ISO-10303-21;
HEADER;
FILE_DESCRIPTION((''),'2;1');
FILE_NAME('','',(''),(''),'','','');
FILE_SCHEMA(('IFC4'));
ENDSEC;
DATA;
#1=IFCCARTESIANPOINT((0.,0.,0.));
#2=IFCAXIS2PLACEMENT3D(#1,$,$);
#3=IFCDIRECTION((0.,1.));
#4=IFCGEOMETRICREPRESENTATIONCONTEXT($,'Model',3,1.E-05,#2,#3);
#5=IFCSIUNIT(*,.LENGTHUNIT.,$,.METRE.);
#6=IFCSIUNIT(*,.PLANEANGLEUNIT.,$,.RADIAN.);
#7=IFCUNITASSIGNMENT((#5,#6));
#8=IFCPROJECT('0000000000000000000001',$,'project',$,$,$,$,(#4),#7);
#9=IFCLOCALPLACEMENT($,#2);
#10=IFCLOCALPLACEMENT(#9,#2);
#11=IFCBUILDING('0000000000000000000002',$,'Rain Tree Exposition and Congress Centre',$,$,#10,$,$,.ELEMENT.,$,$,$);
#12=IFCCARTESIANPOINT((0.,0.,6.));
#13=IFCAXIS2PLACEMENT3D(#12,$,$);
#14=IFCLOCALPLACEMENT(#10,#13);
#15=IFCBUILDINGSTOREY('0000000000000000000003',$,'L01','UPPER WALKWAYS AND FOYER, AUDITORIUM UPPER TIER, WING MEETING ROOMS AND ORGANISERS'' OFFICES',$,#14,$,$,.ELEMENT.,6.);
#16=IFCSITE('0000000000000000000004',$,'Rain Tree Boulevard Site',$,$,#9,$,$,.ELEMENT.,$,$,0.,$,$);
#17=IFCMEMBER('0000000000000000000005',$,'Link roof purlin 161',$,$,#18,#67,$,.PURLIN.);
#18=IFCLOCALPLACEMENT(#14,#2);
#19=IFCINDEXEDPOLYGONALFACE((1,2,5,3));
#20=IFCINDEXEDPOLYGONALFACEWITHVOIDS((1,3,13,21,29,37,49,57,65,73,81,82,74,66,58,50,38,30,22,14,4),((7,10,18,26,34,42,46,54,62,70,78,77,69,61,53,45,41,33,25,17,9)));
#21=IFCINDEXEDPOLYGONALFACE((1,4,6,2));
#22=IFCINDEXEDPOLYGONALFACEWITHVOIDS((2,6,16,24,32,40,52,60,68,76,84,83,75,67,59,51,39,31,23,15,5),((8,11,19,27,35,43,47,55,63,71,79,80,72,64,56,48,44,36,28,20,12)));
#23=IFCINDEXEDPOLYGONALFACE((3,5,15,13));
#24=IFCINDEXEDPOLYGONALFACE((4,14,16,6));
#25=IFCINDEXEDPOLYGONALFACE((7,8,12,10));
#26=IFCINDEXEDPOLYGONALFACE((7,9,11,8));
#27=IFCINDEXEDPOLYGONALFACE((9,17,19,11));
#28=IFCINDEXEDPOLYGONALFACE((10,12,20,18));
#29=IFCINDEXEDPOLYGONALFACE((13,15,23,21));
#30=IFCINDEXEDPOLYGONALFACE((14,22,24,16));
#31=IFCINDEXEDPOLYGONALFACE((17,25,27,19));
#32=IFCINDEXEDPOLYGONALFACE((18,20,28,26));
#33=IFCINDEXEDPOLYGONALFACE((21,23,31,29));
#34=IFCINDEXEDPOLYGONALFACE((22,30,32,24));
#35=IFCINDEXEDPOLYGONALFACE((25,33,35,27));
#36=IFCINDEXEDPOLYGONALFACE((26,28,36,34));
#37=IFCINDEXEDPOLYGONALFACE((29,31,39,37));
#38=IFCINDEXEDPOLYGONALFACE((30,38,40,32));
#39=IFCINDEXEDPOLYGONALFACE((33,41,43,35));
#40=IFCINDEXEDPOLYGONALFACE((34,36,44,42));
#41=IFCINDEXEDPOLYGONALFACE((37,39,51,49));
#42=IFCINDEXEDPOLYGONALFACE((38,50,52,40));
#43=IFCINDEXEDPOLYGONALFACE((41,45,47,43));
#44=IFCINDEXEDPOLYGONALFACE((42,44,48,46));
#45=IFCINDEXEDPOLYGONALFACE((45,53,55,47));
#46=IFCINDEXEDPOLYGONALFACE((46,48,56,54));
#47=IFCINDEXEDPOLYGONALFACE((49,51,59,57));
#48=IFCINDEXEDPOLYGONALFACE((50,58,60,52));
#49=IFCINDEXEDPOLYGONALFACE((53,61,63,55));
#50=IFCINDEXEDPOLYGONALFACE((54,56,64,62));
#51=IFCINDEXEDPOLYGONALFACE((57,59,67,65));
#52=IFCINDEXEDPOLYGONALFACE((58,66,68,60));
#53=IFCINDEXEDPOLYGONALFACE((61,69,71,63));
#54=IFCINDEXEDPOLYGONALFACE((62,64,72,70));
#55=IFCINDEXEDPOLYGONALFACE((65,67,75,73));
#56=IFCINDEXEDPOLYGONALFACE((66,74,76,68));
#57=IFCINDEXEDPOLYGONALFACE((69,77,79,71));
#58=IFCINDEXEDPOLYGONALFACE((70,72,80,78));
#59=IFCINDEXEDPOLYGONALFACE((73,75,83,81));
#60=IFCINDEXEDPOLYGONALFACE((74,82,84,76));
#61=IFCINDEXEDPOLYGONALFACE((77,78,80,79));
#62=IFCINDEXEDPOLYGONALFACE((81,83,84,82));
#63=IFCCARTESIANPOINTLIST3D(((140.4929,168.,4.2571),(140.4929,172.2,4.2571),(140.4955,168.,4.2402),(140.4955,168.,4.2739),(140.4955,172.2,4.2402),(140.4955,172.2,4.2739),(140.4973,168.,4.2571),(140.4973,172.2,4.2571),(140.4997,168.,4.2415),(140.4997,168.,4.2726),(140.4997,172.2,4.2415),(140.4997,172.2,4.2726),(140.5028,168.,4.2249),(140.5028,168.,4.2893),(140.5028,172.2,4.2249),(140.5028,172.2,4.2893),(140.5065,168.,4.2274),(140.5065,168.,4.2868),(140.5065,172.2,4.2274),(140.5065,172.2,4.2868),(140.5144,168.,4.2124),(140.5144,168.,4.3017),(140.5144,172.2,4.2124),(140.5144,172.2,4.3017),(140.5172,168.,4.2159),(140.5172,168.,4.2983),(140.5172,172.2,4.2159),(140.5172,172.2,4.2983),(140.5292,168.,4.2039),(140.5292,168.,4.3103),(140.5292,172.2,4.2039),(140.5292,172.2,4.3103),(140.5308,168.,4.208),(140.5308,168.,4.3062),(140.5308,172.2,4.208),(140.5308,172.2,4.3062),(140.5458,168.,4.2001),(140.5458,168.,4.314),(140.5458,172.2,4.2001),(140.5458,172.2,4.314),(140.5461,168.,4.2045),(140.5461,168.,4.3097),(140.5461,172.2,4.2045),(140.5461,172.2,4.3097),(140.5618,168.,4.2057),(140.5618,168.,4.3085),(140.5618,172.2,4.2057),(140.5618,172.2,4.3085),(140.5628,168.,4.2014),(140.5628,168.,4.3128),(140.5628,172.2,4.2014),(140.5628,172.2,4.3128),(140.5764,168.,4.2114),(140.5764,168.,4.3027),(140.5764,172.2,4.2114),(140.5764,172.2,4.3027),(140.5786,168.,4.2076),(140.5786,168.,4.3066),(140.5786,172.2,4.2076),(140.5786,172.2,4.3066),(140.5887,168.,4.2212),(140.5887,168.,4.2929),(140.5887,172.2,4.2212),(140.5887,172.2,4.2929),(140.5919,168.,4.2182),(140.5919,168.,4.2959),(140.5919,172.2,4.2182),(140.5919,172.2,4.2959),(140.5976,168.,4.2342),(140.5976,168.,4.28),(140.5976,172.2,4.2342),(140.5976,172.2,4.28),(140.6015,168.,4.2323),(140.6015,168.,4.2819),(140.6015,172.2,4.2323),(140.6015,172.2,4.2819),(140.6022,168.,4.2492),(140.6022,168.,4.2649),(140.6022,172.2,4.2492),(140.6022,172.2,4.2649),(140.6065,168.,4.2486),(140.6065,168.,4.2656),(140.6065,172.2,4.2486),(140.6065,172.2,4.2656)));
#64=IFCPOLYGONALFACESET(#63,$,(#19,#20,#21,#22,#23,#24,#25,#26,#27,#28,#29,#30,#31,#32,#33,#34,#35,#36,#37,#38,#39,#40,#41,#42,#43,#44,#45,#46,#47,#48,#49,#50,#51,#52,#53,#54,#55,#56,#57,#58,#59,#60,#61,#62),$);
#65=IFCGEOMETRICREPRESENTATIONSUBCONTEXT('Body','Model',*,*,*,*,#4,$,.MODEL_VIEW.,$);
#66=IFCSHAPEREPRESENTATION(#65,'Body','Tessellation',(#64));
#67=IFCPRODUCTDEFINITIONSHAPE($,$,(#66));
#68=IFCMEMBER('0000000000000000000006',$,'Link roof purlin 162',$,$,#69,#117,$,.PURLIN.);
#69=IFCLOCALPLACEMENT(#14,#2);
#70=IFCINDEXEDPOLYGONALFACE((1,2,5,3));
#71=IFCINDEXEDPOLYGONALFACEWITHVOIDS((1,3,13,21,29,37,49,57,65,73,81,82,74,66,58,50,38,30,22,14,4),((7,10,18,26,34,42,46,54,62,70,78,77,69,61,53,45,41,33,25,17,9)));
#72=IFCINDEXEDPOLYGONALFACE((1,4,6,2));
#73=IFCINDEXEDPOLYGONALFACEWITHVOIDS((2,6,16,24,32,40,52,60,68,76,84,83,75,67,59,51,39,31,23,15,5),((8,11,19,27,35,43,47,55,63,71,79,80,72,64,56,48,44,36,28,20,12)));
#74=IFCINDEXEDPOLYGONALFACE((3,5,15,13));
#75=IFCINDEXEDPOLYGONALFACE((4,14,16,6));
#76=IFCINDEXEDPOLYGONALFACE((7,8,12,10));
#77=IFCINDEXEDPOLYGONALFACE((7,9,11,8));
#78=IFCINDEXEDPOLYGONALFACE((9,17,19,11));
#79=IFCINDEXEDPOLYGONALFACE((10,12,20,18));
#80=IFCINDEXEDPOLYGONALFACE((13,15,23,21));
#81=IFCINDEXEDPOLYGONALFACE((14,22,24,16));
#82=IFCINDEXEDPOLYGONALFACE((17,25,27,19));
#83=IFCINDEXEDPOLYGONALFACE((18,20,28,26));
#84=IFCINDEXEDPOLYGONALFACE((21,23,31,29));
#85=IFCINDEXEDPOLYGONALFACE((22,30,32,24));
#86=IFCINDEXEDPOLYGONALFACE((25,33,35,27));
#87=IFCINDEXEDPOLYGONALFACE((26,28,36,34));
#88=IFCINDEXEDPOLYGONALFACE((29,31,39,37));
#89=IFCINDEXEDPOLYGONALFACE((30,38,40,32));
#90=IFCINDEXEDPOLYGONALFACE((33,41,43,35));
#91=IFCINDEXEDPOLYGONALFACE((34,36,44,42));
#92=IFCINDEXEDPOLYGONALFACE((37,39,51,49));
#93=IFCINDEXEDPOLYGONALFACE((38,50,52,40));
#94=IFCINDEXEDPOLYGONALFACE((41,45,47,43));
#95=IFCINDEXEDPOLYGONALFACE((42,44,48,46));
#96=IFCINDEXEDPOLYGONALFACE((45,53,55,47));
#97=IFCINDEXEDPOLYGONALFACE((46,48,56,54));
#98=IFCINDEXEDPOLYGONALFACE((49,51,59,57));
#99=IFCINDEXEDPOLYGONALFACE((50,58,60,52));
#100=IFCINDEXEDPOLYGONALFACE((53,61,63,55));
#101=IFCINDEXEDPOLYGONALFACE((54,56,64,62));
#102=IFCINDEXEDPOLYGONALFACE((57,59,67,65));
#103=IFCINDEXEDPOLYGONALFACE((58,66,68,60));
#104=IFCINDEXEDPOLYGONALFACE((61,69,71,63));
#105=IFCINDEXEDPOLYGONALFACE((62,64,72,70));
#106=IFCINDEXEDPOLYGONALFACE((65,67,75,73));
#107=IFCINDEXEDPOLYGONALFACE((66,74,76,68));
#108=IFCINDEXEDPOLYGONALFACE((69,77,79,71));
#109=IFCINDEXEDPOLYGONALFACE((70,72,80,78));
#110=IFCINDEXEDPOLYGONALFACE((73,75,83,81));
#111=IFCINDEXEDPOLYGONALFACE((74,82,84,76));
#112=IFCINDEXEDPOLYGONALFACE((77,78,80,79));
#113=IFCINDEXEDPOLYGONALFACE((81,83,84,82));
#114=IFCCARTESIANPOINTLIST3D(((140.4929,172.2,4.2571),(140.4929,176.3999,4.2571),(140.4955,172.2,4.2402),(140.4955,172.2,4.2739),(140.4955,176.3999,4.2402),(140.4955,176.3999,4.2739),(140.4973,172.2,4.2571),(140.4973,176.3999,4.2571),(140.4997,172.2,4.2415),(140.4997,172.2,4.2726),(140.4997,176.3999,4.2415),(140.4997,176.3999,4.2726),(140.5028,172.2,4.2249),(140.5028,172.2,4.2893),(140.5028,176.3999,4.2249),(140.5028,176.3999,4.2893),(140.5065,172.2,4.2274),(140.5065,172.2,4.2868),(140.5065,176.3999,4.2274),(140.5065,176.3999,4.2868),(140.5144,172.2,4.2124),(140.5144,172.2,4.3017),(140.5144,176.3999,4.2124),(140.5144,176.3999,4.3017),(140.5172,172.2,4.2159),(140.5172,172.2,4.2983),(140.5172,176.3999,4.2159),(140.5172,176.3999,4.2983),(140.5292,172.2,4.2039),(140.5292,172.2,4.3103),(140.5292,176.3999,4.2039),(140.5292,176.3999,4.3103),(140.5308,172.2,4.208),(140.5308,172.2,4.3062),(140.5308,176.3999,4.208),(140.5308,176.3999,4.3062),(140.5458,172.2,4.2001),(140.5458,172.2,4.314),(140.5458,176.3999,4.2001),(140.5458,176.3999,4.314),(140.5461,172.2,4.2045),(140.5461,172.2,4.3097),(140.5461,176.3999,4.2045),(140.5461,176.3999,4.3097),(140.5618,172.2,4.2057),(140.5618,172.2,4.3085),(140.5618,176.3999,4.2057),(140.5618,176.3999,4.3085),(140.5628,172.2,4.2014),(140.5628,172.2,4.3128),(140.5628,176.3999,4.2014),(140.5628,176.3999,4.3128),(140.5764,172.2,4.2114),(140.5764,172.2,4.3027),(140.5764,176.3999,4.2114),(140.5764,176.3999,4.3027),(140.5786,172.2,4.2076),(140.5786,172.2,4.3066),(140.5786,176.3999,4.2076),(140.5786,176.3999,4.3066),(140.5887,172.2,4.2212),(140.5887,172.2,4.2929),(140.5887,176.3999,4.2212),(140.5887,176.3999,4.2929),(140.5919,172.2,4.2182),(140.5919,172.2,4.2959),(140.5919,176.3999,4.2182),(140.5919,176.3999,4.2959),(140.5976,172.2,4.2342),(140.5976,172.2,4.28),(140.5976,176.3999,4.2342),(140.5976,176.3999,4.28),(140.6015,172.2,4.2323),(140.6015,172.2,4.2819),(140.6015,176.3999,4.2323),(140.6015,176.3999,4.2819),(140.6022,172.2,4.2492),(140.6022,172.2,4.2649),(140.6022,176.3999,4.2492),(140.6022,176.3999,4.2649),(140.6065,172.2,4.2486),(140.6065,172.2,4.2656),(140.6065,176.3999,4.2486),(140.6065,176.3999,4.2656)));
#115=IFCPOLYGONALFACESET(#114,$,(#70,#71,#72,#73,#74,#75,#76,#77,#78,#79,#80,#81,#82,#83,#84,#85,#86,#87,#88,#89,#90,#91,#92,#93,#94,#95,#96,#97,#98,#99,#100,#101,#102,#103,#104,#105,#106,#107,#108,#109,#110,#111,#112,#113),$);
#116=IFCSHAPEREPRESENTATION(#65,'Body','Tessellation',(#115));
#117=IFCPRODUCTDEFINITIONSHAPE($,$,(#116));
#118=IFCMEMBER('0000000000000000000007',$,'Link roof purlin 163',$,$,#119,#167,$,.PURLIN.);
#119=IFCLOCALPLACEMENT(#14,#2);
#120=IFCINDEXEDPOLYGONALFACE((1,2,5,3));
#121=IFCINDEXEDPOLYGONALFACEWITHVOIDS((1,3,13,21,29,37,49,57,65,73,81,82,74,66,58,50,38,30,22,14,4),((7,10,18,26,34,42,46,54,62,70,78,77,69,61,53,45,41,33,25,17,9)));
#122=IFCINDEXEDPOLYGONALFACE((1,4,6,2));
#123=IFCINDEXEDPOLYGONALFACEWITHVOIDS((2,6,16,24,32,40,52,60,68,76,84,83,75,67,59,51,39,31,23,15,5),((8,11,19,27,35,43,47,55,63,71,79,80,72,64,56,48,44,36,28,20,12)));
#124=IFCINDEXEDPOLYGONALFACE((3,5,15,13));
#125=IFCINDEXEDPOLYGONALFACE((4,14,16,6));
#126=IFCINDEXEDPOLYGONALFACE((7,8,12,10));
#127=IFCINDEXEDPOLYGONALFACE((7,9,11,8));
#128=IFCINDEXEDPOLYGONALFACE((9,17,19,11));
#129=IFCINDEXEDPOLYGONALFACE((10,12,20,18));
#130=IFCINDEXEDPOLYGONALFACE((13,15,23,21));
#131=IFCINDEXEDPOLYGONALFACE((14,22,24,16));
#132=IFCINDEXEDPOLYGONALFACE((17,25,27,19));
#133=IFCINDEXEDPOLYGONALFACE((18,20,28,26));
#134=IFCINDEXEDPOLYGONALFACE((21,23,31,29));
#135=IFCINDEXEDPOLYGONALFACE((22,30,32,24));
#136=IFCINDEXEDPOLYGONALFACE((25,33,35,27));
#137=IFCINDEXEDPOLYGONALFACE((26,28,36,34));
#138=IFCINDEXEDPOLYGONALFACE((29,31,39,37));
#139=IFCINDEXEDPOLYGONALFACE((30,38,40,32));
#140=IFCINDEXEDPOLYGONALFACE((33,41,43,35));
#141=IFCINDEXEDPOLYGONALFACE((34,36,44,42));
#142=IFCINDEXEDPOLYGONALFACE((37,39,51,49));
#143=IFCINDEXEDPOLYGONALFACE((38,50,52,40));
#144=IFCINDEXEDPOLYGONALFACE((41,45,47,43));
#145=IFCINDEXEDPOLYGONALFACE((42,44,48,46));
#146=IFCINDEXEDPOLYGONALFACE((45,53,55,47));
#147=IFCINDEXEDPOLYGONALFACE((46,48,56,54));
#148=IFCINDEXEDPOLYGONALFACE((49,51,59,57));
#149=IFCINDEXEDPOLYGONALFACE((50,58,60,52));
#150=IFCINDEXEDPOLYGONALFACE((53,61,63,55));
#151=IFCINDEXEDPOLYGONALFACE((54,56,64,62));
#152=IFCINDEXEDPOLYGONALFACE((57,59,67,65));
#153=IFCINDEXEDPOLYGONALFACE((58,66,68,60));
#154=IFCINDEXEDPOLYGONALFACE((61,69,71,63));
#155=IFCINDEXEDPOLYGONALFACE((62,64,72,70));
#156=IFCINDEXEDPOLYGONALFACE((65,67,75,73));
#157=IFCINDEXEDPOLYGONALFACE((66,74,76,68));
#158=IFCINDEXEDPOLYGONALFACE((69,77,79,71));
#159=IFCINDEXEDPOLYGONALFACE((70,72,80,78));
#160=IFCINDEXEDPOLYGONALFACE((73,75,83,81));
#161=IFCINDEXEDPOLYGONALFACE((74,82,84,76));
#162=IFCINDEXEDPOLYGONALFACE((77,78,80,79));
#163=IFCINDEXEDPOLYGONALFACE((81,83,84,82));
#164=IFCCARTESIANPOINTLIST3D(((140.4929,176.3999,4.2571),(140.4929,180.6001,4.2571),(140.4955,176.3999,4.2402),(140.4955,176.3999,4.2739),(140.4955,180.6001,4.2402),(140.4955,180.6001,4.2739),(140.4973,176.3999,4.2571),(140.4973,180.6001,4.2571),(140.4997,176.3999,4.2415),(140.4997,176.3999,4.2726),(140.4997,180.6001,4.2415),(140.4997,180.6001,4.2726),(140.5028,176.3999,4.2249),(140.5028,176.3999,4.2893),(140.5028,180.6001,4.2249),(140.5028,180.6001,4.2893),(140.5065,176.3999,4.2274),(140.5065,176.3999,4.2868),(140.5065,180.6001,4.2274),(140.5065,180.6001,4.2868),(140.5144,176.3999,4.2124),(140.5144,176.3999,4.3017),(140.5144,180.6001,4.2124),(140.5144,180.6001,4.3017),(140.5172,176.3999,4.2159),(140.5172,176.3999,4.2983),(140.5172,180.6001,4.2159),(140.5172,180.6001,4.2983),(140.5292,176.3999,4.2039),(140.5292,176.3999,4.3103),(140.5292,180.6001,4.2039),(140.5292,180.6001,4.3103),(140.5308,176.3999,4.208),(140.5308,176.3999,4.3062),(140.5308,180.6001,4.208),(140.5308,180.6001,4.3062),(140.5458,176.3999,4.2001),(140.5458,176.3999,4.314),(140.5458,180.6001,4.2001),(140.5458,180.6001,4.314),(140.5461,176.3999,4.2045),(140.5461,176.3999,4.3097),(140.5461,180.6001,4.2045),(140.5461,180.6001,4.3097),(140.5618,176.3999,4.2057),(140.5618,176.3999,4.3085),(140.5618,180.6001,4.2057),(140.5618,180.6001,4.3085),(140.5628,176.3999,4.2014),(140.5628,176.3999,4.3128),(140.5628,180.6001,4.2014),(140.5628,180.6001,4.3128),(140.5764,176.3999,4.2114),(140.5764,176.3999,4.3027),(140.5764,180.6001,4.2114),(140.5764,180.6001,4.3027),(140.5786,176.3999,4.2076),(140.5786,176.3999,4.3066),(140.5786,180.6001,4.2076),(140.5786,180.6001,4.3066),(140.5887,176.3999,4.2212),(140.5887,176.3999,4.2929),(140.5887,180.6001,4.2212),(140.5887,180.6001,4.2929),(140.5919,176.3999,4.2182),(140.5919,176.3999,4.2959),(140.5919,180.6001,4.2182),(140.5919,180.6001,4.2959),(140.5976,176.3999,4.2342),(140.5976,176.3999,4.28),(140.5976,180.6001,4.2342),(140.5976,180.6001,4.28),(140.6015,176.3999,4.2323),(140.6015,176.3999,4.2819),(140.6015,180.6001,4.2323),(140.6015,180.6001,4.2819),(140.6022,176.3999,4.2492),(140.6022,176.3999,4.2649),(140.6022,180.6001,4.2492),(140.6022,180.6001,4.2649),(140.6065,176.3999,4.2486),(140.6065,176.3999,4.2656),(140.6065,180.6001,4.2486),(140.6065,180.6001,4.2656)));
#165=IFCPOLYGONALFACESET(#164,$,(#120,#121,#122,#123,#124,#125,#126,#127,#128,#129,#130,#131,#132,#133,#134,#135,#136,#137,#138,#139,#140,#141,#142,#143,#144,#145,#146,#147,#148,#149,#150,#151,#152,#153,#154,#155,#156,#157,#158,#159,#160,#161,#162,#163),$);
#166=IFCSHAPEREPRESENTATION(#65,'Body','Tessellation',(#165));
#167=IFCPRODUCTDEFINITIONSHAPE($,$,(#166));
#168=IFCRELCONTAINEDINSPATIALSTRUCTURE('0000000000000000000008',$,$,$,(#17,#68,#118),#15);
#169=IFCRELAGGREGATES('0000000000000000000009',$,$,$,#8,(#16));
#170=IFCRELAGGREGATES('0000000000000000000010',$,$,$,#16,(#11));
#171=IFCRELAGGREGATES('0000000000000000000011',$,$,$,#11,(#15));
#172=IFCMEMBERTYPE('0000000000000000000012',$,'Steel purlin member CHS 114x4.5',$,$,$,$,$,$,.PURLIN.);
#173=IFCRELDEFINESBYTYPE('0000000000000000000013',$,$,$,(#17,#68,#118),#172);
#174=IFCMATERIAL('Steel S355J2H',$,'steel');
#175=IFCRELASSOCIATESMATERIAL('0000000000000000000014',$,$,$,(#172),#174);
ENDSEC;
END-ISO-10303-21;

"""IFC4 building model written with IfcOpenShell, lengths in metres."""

from ifc_helpers import new_model, si_unit, direction, frame, origin, origin_2d, place, context, subcontext, project, spatial, hollow_circle, extrude, material, material_profile, profile_set, type_object, element, save


model = new_model("IFC4")

# Units and contexts
model_context = context("Model", 3, precision=1e-05, world=origin(), true_north=direction((0.0, 1.0)))
body_context = subcontext(model_context, "Body", "Model", "MODEL_VIEW")
ifc_project = project(units=[si_unit("LENGTHUNIT", "METRE"), si_unit("PLANEANGLEUNIT", "RADIAN")], contexts=[model_context])

# Site, building, storey
site_placement = place(None, origin())
site = spatial("IfcSite", under=ifc_project, at=site_placement, Name="Rain Tree Boulevard Site", CompositionType="ELEMENT", RefElevation=0.0)
building_placement = place(site_placement, origin())
building = spatial("IfcBuilding", under=site, at=building_placement, Name="Rain Tree Exposition and Congress Centre", CompositionType="ELEMENT")
storey_placement = place(building_placement, frame((0.0, 0.0, 6.0)))
storey = spatial("IfcBuildingStorey", under=building, at=storey_placement, Name="L01", Description="UPPER WALKWAYS AND FOYER, AUDITORIUM UPPER TIER, WING MEETING ROOMS AND ORGANISERS' OFFICES", CompositionType="ELEMENT", Elevation=6.0)

# Members
ifc_material_1 = material(Name="Steel S355J2H", Category="steel")
ifc_material_profile = material_profile(ifc_material_1, hollow_circle(Radius=0.0571, WallThickness=0.0044, at=origin_2d()), Name="CHS 114x4.5")
ifc_profile_set = profile_set([ifc_material_profile], Name="Steel S355J2H")
member_type = type_object("IfcMemberType", Name="Steel purlin member CHS 114x4.5", PredefinedType="PURLIN", material=ifc_profile_set)
for number, where, z_axis, x_axis, name in (
    (1, (140.55, 168.0, 4.2571), (0.0, 1.0, 0.0), (-1.0, 0.0, 0.0), "Link roof purlin 161"),
    (2, (140.55, 172.2, 4.2571), (0.0, 1.0, 0.0), (-1.0, 0.0, 0.0), "Link roof purlin 162"),
):
    element("IfcMember", number, at=place(storey_placement, frame(where, z_axis=z_axis, x_axis=x_axis)), inside=storey, type_object=member_type, Name=name, PredefinedType="PURLIN", context=body_context, shape_type="SweptSolid", body=[
        extrude(hollow_circle(Radius=0.0571, WallThickness=0.0044, at=origin_2d()), origin(), (0.0, 0.0, 1.0), 4.2),
    ])
member_1_placement = place(storey_placement, frame((140.55, 176.3999, 4.2571), z_axis=(0.0, 1.0, 0.0), x_axis=(-1.0, 0.0, 0.0)))
element("IfcMember", 3, at=member_1_placement, inside=storey, type_object=member_type, Name="Link roof purlin 163", PredefinedType="PURLIN", context=body_context, shape_type="SweptSolid", body=[
    extrude(hollow_circle(Radius=0.0571, WallThickness=0.0044, at=origin_2d()), origin(), (0.0, 0.0, 1.0), 4.2002),
])

save(model, "model.ifc")
